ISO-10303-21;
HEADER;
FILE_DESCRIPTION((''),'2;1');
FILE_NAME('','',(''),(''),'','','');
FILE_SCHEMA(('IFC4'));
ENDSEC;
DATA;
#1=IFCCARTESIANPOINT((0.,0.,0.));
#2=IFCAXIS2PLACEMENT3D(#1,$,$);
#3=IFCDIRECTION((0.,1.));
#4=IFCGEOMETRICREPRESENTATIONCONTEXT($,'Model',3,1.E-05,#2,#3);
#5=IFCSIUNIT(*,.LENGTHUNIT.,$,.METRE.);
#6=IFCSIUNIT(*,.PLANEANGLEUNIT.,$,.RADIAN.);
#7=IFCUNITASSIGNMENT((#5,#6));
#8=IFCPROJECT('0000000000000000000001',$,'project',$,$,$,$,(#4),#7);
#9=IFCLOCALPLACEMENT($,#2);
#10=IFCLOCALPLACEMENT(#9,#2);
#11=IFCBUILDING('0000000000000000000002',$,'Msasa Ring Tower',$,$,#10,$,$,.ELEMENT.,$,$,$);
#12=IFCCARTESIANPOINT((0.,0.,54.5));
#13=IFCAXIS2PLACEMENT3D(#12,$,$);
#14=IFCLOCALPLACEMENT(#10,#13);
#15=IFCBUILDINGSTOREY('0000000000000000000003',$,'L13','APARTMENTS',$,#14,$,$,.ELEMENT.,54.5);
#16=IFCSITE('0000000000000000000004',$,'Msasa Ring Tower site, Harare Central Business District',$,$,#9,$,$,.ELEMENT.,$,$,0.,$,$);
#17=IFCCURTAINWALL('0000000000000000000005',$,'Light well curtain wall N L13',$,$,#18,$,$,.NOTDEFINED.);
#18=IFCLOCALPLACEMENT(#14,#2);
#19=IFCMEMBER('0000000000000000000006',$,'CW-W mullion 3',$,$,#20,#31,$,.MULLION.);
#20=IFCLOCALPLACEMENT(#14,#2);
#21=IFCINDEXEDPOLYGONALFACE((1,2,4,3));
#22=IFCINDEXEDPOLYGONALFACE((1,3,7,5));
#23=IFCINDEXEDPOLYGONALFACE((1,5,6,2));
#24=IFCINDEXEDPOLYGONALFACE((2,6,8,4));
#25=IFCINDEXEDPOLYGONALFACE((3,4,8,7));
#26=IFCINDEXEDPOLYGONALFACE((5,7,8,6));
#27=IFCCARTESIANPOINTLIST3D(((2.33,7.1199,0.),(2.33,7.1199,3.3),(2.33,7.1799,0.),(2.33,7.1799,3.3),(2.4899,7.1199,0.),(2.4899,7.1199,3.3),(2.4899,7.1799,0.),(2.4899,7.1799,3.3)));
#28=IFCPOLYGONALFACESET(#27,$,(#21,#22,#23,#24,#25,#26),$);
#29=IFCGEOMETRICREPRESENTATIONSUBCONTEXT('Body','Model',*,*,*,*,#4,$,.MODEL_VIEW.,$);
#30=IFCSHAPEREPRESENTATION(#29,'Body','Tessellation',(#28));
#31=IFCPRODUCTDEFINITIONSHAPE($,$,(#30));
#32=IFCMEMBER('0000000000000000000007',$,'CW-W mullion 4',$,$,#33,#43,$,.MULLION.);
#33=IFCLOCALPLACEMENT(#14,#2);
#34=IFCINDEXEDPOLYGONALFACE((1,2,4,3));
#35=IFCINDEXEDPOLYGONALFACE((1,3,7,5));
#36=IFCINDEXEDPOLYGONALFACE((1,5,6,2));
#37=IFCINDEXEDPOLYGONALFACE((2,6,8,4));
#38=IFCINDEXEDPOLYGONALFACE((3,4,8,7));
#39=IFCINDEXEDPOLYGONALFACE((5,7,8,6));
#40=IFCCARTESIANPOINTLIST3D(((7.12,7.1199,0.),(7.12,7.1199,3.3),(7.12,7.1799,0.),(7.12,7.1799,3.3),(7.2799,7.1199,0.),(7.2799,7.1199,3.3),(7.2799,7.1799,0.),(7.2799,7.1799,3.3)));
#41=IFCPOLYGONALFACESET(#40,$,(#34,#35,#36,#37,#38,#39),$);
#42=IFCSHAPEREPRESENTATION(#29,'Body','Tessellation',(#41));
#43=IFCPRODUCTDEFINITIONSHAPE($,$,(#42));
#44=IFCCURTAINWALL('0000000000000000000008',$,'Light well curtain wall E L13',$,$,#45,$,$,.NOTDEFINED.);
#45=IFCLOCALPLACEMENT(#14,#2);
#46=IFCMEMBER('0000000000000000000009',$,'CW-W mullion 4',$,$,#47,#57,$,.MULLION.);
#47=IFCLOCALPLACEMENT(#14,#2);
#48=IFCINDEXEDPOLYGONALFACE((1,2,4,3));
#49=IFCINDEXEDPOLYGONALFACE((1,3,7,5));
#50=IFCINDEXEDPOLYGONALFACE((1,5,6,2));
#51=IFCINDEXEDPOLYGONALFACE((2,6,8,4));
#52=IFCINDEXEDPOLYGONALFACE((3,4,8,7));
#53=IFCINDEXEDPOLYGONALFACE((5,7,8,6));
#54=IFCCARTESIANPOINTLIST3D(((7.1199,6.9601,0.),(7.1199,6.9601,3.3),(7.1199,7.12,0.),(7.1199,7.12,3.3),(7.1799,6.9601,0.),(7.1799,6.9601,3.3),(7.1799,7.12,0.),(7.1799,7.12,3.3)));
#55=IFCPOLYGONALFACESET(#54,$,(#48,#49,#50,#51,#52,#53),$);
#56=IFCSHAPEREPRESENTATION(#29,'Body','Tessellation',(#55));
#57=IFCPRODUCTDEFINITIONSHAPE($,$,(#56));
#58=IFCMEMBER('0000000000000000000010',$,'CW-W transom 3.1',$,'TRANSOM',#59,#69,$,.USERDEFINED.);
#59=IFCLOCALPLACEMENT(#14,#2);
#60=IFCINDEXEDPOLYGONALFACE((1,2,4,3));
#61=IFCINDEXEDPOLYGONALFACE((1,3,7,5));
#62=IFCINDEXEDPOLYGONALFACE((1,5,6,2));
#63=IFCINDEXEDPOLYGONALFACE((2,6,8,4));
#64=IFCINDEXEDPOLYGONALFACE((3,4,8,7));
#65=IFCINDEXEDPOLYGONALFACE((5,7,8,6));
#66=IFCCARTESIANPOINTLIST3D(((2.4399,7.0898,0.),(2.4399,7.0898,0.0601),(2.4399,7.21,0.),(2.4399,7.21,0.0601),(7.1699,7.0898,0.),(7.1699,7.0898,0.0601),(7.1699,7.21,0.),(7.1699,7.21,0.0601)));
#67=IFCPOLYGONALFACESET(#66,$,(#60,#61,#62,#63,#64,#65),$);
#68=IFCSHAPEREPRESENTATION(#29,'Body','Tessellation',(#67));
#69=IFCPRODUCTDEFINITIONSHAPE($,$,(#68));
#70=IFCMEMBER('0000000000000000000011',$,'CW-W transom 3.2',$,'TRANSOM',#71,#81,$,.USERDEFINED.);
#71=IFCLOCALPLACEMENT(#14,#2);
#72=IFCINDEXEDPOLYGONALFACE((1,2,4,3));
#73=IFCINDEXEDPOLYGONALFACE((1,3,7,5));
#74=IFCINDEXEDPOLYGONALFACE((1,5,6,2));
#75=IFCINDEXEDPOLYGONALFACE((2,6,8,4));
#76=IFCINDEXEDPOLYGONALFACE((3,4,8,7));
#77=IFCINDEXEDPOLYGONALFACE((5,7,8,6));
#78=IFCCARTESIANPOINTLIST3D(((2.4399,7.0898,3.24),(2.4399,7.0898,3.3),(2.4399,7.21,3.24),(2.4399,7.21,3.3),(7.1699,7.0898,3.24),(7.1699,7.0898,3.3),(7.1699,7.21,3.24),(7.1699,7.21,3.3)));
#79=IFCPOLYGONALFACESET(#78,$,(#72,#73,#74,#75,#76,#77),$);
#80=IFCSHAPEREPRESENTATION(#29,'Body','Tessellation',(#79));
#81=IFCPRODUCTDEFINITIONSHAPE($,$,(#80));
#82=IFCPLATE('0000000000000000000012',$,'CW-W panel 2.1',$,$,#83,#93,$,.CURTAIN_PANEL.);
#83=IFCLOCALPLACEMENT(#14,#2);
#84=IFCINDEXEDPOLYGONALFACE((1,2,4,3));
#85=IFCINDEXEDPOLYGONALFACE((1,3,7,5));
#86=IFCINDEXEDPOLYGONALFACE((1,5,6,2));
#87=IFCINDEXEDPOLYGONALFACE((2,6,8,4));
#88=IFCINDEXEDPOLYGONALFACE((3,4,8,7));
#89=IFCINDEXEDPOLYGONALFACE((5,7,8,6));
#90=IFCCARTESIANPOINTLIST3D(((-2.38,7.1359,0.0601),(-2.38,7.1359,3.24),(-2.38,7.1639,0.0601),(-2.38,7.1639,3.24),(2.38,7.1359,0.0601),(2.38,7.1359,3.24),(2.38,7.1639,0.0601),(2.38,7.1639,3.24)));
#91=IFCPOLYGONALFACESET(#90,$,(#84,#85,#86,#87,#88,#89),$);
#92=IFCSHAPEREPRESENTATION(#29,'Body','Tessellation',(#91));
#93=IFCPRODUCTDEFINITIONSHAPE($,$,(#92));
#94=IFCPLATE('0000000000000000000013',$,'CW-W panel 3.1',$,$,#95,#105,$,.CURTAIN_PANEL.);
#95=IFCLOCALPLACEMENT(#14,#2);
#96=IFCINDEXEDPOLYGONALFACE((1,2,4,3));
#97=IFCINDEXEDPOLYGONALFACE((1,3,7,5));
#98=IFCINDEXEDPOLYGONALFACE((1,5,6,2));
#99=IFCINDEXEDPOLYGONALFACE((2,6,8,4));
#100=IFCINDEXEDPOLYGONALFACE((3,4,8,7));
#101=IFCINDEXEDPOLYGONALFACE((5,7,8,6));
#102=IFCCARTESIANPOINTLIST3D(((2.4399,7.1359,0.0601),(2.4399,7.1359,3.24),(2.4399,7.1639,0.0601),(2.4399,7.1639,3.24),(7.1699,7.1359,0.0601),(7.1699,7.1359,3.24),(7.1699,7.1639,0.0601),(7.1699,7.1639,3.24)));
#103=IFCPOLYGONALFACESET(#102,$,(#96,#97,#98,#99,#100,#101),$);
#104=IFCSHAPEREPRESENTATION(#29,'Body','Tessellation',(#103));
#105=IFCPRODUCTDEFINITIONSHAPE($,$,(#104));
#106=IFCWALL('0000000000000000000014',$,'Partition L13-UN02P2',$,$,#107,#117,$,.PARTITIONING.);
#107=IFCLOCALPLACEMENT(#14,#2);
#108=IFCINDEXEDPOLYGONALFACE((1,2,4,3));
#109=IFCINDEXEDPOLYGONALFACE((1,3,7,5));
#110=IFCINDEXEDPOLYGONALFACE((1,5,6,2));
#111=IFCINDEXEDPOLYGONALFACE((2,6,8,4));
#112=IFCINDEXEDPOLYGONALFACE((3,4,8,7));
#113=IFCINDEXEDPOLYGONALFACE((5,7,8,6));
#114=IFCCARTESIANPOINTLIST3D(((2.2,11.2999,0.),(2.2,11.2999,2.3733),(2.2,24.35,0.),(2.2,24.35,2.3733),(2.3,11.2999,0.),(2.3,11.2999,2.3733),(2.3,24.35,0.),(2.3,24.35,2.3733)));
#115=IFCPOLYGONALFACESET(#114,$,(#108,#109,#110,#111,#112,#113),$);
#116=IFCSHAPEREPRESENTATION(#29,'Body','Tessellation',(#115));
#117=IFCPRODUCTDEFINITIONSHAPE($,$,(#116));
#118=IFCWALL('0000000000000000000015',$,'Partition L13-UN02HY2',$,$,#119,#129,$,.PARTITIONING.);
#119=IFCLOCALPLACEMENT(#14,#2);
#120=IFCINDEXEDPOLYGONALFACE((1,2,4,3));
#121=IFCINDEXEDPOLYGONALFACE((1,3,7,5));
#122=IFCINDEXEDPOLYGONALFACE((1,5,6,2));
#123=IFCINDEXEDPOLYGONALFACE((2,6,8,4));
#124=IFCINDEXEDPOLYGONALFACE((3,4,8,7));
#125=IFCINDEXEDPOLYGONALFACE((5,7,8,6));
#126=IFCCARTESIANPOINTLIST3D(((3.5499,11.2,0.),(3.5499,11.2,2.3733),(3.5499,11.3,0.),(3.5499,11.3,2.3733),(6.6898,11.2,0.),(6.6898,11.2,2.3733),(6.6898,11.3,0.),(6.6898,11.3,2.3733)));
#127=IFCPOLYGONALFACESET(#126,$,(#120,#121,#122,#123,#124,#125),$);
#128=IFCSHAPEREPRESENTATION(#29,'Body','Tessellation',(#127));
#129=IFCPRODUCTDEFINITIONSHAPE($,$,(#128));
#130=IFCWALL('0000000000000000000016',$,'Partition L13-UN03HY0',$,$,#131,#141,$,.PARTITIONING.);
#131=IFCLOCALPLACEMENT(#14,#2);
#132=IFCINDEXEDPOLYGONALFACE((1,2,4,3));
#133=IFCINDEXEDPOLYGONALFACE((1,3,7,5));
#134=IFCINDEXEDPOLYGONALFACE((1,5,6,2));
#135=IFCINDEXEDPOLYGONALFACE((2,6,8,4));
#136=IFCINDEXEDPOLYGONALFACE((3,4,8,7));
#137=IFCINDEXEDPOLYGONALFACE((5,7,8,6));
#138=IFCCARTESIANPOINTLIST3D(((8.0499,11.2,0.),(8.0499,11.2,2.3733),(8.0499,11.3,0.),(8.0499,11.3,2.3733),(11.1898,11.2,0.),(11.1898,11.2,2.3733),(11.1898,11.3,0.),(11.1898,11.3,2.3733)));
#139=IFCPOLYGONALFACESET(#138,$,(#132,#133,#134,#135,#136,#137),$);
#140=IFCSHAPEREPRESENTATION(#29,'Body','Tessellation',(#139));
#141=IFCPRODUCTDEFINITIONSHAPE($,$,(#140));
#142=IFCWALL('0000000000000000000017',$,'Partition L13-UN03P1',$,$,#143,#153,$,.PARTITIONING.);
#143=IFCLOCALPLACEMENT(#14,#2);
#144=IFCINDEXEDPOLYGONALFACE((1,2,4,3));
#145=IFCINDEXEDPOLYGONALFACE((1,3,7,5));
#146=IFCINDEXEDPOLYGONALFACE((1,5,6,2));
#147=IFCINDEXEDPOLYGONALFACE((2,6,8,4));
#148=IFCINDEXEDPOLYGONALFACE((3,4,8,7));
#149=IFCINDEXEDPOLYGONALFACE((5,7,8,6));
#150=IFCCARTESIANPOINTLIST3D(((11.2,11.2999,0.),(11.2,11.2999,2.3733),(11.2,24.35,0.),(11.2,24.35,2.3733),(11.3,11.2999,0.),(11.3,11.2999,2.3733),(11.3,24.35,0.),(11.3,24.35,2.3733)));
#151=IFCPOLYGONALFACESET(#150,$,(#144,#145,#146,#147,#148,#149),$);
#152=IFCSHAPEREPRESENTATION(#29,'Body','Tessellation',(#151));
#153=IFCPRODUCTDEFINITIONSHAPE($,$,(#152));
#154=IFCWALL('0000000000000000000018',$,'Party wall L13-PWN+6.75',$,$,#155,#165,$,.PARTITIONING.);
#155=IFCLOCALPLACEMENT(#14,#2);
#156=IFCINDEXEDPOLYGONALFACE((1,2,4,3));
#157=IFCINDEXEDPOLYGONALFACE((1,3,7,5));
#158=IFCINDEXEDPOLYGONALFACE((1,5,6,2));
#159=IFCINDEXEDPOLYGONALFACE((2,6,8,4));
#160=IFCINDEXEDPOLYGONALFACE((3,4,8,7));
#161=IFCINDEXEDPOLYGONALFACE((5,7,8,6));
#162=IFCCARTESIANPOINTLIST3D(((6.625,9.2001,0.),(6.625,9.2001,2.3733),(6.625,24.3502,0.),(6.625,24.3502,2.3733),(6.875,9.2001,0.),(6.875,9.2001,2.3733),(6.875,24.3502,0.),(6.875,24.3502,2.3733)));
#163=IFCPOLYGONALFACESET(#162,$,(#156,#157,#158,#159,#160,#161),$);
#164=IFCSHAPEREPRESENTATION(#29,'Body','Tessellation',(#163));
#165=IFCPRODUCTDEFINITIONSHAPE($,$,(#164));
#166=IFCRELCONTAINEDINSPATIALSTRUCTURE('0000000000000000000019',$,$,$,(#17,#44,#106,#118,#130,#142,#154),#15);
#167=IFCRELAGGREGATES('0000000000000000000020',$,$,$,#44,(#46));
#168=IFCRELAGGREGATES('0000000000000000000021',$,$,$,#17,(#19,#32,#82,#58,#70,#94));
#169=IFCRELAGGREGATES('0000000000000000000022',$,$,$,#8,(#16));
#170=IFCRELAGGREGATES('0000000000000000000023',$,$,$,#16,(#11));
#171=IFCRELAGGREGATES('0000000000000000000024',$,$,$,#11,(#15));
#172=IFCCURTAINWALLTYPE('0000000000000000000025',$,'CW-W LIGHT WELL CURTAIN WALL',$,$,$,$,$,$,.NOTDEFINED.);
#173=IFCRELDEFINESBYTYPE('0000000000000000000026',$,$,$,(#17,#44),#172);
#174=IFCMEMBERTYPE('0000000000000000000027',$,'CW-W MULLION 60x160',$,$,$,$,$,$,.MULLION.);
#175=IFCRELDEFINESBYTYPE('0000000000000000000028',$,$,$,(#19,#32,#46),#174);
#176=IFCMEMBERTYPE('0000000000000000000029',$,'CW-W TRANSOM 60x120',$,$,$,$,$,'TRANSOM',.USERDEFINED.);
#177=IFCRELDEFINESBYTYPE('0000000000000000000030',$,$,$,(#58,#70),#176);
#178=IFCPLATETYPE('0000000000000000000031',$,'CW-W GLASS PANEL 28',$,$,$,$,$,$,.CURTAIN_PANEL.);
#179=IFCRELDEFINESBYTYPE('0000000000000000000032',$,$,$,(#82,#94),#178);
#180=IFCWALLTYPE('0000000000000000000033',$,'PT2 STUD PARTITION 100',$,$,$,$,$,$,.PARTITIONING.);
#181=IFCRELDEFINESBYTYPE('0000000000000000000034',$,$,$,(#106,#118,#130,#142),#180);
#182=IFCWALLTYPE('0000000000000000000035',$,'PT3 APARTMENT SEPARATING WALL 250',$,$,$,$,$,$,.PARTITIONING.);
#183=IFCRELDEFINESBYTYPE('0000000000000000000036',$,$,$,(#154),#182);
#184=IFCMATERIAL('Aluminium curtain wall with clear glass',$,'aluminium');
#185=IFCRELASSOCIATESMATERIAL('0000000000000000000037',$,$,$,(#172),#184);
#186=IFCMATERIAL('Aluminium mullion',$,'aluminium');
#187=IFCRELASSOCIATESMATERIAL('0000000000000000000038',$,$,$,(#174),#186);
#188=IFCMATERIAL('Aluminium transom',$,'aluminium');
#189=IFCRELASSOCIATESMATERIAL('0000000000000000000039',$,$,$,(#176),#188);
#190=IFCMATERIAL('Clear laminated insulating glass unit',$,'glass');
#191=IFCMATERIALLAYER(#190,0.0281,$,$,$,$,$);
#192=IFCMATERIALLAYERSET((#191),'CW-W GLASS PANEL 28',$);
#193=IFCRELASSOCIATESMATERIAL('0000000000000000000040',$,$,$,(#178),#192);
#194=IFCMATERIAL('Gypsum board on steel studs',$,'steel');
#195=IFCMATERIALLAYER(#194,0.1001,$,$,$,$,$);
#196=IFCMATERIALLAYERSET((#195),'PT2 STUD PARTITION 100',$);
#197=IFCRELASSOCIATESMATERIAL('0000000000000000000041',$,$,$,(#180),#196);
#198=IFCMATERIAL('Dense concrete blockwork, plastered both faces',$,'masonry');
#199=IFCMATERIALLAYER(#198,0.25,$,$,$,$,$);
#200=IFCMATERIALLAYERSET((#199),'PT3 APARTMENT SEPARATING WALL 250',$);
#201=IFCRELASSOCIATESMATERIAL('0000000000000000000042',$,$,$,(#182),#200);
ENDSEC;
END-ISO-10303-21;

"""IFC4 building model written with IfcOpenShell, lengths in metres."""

from ifc_helpers import new_model, si_unit, direction, frame, frame_2d, origin, origin_2d, place, context, subcontext, project, spatial, rectangle, extrude, material, layer, layer_set, material_profile, profile_set, type_object, element, aggregate, save


model = new_model("IFC4")

# Units and contexts
model_context = context("Model", 3, precision=1e-05, world=origin(), true_north=direction((0.0, 1.0)))
body_context = subcontext(model_context, "Body", "Model", "MODEL_VIEW")
ifc_project = project(units=[si_unit("LENGTHUNIT", "METRE"), si_unit("PLANEANGLEUNIT", "RADIAN")], contexts=[model_context])

# Site, building, storey
site_placement = place(None, origin())
site = spatial("IfcSite", under=ifc_project, at=site_placement, Name="Msasa Ring Tower site, Harare Central Business District", CompositionType="ELEMENT", RefElevation=0.0)
building_placement = place(site_placement, origin())
building = spatial("IfcBuilding", under=site, at=building_placement, Name="Msasa Ring Tower", CompositionType="ELEMENT")
storey_placement = place(building_placement, frame((0.0, 0.0, 54.5)))
storey = spatial("IfcBuildingStorey", under=building, at=storey_placement, Name="L13", Description="APARTMENTS", CompositionType="ELEMENT", Elevation=54.5)

# Curtain wall, members
ifc_material_1 = material(Name="Aluminium curtain wall with clear glass", Category="aluminium")
curtain_wall_type = type_object("IfcCurtainWallType", Name="CW-W LIGHT WELL CURTAIN WALL", PredefinedType="NOTDEFINED", material=ifc_material_1)
curtain_wall_1_placement = place(storey_placement, origin())
curtain_wall_1 = element("IfcCurtainWall", 1, at=curtain_wall_1_placement, inside=storey, type_object=curtain_wall_type, Name="Light well curtain wall N L13", PredefinedType="NOTDEFINED")
ifc_material_2 = material(Name="Aluminium mullion", Category="aluminium")
ifc_material_profile_1 = material_profile(ifc_material_2, rectangle(XDim=0.0601, YDim=0.1599, at=origin_2d()), Name="AL 60x160")
ifc_profile_set_1 = profile_set([ifc_material_profile_1], Name="Aluminium mullion")
member_type_1 = type_object("IfcMemberType", Name="CW-W MULLION 60x160", PredefinedType="MULLION", material=ifc_profile_set_1)
member_1_placement = place(storey_placement, frame((2.4099, 7.1499, 0.0), z_axis=(0.0, 0.0, 1.0), x_axis=(0.0, 1.0, 0.0)))
member_1 = element("IfcMember", 2, at=member_1_placement, type_object=member_type_1, Name="CW-W mullion 3", PredefinedType="MULLION", context=body_context, shape_type="SweptSolid", body=[
    extrude(rectangle(XDim=0.0601, YDim=0.1599, at=origin_2d()), origin(), (0.0, 0.0, 1.0), 3.3),
])
member_2_placement = place(storey_placement, frame((7.2, 7.1499, 0.0), z_axis=(0.0, 0.0, 1.0), x_axis=(0.0, 1.0, 0.0)))
member_2 = element("IfcMember", 3, at=member_2_placement, type_object=member_type_1, Name="CW-W mullion 4", PredefinedType="MULLION", context=body_context, shape_type="SweptSolid", body=[
    extrude(rectangle(XDim=0.0601, YDim=0.1599, at=origin_2d()), origin(), (0.0, 0.0, 1.0), 3.3),
])

# Curtain wall, member
curtain_wall_2_placement = place(storey_placement, origin())
curtain_wall_2 = element("IfcCurtainWall", 4, at=curtain_wall_2_placement, inside=storey, type_object=curtain_wall_type, Name="Light well curtain wall E L13", PredefinedType="NOTDEFINED")
member_3_placement = place(storey_placement, frame((7.1499, 7.04, 0.0), z_axis=(0.0, 0.0, 1.0), x_axis=(-1.0, 0.0, 0.0)))
member_3 = element("IfcMember", 5, at=member_3_placement, type_object=member_type_1, Name="CW-W mullion 4", PredefinedType="MULLION", context=body_context, shape_type="SweptSolid", body=[
    extrude(rectangle(XDim=0.0601, YDim=0.1599, at=origin_2d()), origin(), (0.0, 0.0, 1.0), 3.3),
])
aggregate(curtain_wall_2, [member_3])

# Members
ifc_material_3 = material(Name="Aluminium transom", Category="aluminium")
ifc_material_profile_2 = material_profile(ifc_material_3, rectangle(XDim=0.1201, YDim=0.0601, at=origin_2d()), Name="AL 60x120")
ifc_profile_set_2 = profile_set([ifc_material_profile_2], Name="Aluminium transom")
member_type_2 = type_object("IfcMemberType", Name="CW-W TRANSOM 60x120", ElementType="TRANSOM", PredefinedType="USERDEFINED", material=ifc_profile_set_2)
member_4_placement = place(storey_placement, frame((2.4399, 7.1499, 0.03), z_axis=(1.0, 0.0, 0.0), x_axis=(0.0, 1.0, 0.0)))
member_4 = element("IfcMember", 6, at=member_4_placement, type_object=member_type_2, Name="CW-W transom 3.1", ObjectType="TRANSOM", PredefinedType="USERDEFINED", context=body_context, shape_type="SweptSolid", body=[
    extrude(rectangle(XDim=0.1201, YDim=0.0601, at=origin_2d()), origin(), (0.0, 0.0, 1.0), 4.73),
])
member_5_placement = place(storey_placement, frame((2.4399, 7.1499, 3.27), z_axis=(1.0, 0.0, 0.0), x_axis=(0.0, 1.0, 0.0)))
member_5 = element("IfcMember", 7, at=member_5_placement, type_object=member_type_2, Name="CW-W transom 3.2", ObjectType="TRANSOM", PredefinedType="USERDEFINED", context=body_context, shape_type="SweptSolid", body=[
    extrude(rectangle(XDim=0.1201, YDim=0.0601, at=origin_2d()), origin(), (0.0, 0.0, 1.0), 4.73),
])

# Plates
ifc_material_4 = material(Name="Clear laminated insulating glass unit", Category="glass")
ifc_layer_1 = layer(ifc_material_4, 0.0281)
ifc_layer_set_1 = layer_set([ifc_layer_1], Name="CW-W GLASS PANEL 28")
plate_type = type_object("IfcPlateType", Name="CW-W GLASS PANEL 28", PredefinedType="CURTAIN_PANEL", material=ifc_layer_set_1)
plate_1_placement = place(storey_placement, frame((0.0, 7.1499, 0.0601), z_axis=(0.0, 0.0, 1.0), x_axis=(1.0, 0.0, 0.0)))
plate_1 = element("IfcPlate", 8, at=plate_1_placement, type_object=plate_type, Name="CW-W panel 2.1", PredefinedType="CURTAIN_PANEL", context=body_context, shape_type="SweptSolid", body=[
    extrude(rectangle(XDim=4.76, YDim=0.0281, at=origin_2d()), origin(), (0.0, 0.0, 1.0), 3.1799),
])
plate_2_placement = place(storey_placement, frame((4.8049, 7.1499, 0.0601), z_axis=(0.0, 0.0, 1.0), x_axis=(1.0, 0.0, 0.0)))
plate_2 = element("IfcPlate", 9, at=plate_2_placement, type_object=plate_type, Name="CW-W panel 3.1", PredefinedType="CURTAIN_PANEL", context=body_context, shape_type="SweptSolid", body=[
    extrude(rectangle(XDim=4.73, YDim=0.0281, at=origin_2d()), origin(), (0.0, 0.0, 1.0), 3.1799),
])
aggregate(curtain_wall_1, [member_1, member_2, plate_1, member_4, member_5, plate_2])

# Walls
ifc_material_5 = material(Name="Gypsum board on steel studs", Category="steel")
ifc_layer_2 = layer(ifc_material_5, 0.1001)
ifc_layer_set_2 = layer_set([ifc_layer_2], Name="PT2 STUD PARTITION 100")
wall_type_1 = type_object("IfcWallType", Name="PT2 STUD PARTITION 100", PredefinedType="PARTITIONING", material=ifc_layer_set_2)
wall_1_placement = place(storey_placement, frame((2.25, 11.3, 0.0), z_axis=(0.0, 0.0, 1.0), x_axis=(0.0, 1.0, 0.0)))
element("IfcWall", 10, at=wall_1_placement, inside=storey, type_object=wall_type_1, Name="Partition L13-UN02P2", PredefinedType="PARTITIONING", context=body_context, shape_type="SweptSolid", body=[
    extrude(rectangle(XDim=13.05, YDim=0.1001, at=frame_2d((6.5249, 0.0))), origin(), (0.0, 0.0, 1.0), 2.3733),
])
for number, where, z_axis, x_axis, name in (
    (11, (3.55, 11.25, 0.0), (0.0, 0.0, 1.0), (1.0, 0.0, 0.0), "Partition L13-UN02HY2"),
    (12, (8.05, 11.25, 0.0), (0.0, 0.0, 1.0), (1.0, 0.0, 0.0), "Partition L13-UN03HY0"),
):
    element("IfcWall", number, at=place(storey_placement, frame(where, z_axis=z_axis, x_axis=x_axis)), inside=storey, type_object=wall_type_1, Name=name, PredefinedType="PARTITIONING", context=body_context, shape_type="SweptSolid", body=[
        extrude(rectangle(XDim=3.1399, YDim=0.1001, at=frame_2d((1.5698, 0.0))), origin(), (0.0, 0.0, 1.0), 2.3733),
    ])
wall_2_placement = place(storey_placement, frame((11.25, 11.3, 0.0), z_axis=(0.0, 0.0, 1.0), x_axis=(0.0, 1.0, 0.0)))
element("IfcWall", 13, at=wall_2_placement, inside=storey, type_object=wall_type_1, Name="Partition L13-UN03P1", PredefinedType="PARTITIONING", context=body_context, shape_type="SweptSolid", body=[
    extrude(rectangle(XDim=13.05, YDim=0.1001, at=frame_2d((6.5249, 0.0))), origin(), (0.0, 0.0, 1.0), 2.3733),
])
ifc_material_6 = material(Name="Dense concrete blockwork, plastered both faces", Category="masonry")
ifc_layer_3 = layer(ifc_material_6, 0.25)
ifc_layer_set_3 = layer_set([ifc_layer_3], Name="PT3 APARTMENT SEPARATING WALL 250")
wall_type_2 = type_object("IfcWallType", Name="PT3 APARTMENT SEPARATING WALL 250", PredefinedType="PARTITIONING", material=ifc_layer_set_3)
wall_3_placement = place(storey_placement, frame((6.75, 9.2, 0.0), z_axis=(0.0, 0.0, 1.0), x_axis=(0.0, 1.0, 0.0)))
element("IfcWall", 14, at=wall_3_placement, inside=storey, type_object=wall_type_2, Name="Party wall L13-PWN+6.75", PredefinedType="PARTITIONING", context=body_context, shape_type="SweptSolid", body=[
    extrude(rectangle(XDim=15.1501, YDim=0.25, at=frame_2d((7.5752, 0.0))), origin(), (0.0, 0.0, 1.0), 2.3733),
])

save(model, "model.ifc")
